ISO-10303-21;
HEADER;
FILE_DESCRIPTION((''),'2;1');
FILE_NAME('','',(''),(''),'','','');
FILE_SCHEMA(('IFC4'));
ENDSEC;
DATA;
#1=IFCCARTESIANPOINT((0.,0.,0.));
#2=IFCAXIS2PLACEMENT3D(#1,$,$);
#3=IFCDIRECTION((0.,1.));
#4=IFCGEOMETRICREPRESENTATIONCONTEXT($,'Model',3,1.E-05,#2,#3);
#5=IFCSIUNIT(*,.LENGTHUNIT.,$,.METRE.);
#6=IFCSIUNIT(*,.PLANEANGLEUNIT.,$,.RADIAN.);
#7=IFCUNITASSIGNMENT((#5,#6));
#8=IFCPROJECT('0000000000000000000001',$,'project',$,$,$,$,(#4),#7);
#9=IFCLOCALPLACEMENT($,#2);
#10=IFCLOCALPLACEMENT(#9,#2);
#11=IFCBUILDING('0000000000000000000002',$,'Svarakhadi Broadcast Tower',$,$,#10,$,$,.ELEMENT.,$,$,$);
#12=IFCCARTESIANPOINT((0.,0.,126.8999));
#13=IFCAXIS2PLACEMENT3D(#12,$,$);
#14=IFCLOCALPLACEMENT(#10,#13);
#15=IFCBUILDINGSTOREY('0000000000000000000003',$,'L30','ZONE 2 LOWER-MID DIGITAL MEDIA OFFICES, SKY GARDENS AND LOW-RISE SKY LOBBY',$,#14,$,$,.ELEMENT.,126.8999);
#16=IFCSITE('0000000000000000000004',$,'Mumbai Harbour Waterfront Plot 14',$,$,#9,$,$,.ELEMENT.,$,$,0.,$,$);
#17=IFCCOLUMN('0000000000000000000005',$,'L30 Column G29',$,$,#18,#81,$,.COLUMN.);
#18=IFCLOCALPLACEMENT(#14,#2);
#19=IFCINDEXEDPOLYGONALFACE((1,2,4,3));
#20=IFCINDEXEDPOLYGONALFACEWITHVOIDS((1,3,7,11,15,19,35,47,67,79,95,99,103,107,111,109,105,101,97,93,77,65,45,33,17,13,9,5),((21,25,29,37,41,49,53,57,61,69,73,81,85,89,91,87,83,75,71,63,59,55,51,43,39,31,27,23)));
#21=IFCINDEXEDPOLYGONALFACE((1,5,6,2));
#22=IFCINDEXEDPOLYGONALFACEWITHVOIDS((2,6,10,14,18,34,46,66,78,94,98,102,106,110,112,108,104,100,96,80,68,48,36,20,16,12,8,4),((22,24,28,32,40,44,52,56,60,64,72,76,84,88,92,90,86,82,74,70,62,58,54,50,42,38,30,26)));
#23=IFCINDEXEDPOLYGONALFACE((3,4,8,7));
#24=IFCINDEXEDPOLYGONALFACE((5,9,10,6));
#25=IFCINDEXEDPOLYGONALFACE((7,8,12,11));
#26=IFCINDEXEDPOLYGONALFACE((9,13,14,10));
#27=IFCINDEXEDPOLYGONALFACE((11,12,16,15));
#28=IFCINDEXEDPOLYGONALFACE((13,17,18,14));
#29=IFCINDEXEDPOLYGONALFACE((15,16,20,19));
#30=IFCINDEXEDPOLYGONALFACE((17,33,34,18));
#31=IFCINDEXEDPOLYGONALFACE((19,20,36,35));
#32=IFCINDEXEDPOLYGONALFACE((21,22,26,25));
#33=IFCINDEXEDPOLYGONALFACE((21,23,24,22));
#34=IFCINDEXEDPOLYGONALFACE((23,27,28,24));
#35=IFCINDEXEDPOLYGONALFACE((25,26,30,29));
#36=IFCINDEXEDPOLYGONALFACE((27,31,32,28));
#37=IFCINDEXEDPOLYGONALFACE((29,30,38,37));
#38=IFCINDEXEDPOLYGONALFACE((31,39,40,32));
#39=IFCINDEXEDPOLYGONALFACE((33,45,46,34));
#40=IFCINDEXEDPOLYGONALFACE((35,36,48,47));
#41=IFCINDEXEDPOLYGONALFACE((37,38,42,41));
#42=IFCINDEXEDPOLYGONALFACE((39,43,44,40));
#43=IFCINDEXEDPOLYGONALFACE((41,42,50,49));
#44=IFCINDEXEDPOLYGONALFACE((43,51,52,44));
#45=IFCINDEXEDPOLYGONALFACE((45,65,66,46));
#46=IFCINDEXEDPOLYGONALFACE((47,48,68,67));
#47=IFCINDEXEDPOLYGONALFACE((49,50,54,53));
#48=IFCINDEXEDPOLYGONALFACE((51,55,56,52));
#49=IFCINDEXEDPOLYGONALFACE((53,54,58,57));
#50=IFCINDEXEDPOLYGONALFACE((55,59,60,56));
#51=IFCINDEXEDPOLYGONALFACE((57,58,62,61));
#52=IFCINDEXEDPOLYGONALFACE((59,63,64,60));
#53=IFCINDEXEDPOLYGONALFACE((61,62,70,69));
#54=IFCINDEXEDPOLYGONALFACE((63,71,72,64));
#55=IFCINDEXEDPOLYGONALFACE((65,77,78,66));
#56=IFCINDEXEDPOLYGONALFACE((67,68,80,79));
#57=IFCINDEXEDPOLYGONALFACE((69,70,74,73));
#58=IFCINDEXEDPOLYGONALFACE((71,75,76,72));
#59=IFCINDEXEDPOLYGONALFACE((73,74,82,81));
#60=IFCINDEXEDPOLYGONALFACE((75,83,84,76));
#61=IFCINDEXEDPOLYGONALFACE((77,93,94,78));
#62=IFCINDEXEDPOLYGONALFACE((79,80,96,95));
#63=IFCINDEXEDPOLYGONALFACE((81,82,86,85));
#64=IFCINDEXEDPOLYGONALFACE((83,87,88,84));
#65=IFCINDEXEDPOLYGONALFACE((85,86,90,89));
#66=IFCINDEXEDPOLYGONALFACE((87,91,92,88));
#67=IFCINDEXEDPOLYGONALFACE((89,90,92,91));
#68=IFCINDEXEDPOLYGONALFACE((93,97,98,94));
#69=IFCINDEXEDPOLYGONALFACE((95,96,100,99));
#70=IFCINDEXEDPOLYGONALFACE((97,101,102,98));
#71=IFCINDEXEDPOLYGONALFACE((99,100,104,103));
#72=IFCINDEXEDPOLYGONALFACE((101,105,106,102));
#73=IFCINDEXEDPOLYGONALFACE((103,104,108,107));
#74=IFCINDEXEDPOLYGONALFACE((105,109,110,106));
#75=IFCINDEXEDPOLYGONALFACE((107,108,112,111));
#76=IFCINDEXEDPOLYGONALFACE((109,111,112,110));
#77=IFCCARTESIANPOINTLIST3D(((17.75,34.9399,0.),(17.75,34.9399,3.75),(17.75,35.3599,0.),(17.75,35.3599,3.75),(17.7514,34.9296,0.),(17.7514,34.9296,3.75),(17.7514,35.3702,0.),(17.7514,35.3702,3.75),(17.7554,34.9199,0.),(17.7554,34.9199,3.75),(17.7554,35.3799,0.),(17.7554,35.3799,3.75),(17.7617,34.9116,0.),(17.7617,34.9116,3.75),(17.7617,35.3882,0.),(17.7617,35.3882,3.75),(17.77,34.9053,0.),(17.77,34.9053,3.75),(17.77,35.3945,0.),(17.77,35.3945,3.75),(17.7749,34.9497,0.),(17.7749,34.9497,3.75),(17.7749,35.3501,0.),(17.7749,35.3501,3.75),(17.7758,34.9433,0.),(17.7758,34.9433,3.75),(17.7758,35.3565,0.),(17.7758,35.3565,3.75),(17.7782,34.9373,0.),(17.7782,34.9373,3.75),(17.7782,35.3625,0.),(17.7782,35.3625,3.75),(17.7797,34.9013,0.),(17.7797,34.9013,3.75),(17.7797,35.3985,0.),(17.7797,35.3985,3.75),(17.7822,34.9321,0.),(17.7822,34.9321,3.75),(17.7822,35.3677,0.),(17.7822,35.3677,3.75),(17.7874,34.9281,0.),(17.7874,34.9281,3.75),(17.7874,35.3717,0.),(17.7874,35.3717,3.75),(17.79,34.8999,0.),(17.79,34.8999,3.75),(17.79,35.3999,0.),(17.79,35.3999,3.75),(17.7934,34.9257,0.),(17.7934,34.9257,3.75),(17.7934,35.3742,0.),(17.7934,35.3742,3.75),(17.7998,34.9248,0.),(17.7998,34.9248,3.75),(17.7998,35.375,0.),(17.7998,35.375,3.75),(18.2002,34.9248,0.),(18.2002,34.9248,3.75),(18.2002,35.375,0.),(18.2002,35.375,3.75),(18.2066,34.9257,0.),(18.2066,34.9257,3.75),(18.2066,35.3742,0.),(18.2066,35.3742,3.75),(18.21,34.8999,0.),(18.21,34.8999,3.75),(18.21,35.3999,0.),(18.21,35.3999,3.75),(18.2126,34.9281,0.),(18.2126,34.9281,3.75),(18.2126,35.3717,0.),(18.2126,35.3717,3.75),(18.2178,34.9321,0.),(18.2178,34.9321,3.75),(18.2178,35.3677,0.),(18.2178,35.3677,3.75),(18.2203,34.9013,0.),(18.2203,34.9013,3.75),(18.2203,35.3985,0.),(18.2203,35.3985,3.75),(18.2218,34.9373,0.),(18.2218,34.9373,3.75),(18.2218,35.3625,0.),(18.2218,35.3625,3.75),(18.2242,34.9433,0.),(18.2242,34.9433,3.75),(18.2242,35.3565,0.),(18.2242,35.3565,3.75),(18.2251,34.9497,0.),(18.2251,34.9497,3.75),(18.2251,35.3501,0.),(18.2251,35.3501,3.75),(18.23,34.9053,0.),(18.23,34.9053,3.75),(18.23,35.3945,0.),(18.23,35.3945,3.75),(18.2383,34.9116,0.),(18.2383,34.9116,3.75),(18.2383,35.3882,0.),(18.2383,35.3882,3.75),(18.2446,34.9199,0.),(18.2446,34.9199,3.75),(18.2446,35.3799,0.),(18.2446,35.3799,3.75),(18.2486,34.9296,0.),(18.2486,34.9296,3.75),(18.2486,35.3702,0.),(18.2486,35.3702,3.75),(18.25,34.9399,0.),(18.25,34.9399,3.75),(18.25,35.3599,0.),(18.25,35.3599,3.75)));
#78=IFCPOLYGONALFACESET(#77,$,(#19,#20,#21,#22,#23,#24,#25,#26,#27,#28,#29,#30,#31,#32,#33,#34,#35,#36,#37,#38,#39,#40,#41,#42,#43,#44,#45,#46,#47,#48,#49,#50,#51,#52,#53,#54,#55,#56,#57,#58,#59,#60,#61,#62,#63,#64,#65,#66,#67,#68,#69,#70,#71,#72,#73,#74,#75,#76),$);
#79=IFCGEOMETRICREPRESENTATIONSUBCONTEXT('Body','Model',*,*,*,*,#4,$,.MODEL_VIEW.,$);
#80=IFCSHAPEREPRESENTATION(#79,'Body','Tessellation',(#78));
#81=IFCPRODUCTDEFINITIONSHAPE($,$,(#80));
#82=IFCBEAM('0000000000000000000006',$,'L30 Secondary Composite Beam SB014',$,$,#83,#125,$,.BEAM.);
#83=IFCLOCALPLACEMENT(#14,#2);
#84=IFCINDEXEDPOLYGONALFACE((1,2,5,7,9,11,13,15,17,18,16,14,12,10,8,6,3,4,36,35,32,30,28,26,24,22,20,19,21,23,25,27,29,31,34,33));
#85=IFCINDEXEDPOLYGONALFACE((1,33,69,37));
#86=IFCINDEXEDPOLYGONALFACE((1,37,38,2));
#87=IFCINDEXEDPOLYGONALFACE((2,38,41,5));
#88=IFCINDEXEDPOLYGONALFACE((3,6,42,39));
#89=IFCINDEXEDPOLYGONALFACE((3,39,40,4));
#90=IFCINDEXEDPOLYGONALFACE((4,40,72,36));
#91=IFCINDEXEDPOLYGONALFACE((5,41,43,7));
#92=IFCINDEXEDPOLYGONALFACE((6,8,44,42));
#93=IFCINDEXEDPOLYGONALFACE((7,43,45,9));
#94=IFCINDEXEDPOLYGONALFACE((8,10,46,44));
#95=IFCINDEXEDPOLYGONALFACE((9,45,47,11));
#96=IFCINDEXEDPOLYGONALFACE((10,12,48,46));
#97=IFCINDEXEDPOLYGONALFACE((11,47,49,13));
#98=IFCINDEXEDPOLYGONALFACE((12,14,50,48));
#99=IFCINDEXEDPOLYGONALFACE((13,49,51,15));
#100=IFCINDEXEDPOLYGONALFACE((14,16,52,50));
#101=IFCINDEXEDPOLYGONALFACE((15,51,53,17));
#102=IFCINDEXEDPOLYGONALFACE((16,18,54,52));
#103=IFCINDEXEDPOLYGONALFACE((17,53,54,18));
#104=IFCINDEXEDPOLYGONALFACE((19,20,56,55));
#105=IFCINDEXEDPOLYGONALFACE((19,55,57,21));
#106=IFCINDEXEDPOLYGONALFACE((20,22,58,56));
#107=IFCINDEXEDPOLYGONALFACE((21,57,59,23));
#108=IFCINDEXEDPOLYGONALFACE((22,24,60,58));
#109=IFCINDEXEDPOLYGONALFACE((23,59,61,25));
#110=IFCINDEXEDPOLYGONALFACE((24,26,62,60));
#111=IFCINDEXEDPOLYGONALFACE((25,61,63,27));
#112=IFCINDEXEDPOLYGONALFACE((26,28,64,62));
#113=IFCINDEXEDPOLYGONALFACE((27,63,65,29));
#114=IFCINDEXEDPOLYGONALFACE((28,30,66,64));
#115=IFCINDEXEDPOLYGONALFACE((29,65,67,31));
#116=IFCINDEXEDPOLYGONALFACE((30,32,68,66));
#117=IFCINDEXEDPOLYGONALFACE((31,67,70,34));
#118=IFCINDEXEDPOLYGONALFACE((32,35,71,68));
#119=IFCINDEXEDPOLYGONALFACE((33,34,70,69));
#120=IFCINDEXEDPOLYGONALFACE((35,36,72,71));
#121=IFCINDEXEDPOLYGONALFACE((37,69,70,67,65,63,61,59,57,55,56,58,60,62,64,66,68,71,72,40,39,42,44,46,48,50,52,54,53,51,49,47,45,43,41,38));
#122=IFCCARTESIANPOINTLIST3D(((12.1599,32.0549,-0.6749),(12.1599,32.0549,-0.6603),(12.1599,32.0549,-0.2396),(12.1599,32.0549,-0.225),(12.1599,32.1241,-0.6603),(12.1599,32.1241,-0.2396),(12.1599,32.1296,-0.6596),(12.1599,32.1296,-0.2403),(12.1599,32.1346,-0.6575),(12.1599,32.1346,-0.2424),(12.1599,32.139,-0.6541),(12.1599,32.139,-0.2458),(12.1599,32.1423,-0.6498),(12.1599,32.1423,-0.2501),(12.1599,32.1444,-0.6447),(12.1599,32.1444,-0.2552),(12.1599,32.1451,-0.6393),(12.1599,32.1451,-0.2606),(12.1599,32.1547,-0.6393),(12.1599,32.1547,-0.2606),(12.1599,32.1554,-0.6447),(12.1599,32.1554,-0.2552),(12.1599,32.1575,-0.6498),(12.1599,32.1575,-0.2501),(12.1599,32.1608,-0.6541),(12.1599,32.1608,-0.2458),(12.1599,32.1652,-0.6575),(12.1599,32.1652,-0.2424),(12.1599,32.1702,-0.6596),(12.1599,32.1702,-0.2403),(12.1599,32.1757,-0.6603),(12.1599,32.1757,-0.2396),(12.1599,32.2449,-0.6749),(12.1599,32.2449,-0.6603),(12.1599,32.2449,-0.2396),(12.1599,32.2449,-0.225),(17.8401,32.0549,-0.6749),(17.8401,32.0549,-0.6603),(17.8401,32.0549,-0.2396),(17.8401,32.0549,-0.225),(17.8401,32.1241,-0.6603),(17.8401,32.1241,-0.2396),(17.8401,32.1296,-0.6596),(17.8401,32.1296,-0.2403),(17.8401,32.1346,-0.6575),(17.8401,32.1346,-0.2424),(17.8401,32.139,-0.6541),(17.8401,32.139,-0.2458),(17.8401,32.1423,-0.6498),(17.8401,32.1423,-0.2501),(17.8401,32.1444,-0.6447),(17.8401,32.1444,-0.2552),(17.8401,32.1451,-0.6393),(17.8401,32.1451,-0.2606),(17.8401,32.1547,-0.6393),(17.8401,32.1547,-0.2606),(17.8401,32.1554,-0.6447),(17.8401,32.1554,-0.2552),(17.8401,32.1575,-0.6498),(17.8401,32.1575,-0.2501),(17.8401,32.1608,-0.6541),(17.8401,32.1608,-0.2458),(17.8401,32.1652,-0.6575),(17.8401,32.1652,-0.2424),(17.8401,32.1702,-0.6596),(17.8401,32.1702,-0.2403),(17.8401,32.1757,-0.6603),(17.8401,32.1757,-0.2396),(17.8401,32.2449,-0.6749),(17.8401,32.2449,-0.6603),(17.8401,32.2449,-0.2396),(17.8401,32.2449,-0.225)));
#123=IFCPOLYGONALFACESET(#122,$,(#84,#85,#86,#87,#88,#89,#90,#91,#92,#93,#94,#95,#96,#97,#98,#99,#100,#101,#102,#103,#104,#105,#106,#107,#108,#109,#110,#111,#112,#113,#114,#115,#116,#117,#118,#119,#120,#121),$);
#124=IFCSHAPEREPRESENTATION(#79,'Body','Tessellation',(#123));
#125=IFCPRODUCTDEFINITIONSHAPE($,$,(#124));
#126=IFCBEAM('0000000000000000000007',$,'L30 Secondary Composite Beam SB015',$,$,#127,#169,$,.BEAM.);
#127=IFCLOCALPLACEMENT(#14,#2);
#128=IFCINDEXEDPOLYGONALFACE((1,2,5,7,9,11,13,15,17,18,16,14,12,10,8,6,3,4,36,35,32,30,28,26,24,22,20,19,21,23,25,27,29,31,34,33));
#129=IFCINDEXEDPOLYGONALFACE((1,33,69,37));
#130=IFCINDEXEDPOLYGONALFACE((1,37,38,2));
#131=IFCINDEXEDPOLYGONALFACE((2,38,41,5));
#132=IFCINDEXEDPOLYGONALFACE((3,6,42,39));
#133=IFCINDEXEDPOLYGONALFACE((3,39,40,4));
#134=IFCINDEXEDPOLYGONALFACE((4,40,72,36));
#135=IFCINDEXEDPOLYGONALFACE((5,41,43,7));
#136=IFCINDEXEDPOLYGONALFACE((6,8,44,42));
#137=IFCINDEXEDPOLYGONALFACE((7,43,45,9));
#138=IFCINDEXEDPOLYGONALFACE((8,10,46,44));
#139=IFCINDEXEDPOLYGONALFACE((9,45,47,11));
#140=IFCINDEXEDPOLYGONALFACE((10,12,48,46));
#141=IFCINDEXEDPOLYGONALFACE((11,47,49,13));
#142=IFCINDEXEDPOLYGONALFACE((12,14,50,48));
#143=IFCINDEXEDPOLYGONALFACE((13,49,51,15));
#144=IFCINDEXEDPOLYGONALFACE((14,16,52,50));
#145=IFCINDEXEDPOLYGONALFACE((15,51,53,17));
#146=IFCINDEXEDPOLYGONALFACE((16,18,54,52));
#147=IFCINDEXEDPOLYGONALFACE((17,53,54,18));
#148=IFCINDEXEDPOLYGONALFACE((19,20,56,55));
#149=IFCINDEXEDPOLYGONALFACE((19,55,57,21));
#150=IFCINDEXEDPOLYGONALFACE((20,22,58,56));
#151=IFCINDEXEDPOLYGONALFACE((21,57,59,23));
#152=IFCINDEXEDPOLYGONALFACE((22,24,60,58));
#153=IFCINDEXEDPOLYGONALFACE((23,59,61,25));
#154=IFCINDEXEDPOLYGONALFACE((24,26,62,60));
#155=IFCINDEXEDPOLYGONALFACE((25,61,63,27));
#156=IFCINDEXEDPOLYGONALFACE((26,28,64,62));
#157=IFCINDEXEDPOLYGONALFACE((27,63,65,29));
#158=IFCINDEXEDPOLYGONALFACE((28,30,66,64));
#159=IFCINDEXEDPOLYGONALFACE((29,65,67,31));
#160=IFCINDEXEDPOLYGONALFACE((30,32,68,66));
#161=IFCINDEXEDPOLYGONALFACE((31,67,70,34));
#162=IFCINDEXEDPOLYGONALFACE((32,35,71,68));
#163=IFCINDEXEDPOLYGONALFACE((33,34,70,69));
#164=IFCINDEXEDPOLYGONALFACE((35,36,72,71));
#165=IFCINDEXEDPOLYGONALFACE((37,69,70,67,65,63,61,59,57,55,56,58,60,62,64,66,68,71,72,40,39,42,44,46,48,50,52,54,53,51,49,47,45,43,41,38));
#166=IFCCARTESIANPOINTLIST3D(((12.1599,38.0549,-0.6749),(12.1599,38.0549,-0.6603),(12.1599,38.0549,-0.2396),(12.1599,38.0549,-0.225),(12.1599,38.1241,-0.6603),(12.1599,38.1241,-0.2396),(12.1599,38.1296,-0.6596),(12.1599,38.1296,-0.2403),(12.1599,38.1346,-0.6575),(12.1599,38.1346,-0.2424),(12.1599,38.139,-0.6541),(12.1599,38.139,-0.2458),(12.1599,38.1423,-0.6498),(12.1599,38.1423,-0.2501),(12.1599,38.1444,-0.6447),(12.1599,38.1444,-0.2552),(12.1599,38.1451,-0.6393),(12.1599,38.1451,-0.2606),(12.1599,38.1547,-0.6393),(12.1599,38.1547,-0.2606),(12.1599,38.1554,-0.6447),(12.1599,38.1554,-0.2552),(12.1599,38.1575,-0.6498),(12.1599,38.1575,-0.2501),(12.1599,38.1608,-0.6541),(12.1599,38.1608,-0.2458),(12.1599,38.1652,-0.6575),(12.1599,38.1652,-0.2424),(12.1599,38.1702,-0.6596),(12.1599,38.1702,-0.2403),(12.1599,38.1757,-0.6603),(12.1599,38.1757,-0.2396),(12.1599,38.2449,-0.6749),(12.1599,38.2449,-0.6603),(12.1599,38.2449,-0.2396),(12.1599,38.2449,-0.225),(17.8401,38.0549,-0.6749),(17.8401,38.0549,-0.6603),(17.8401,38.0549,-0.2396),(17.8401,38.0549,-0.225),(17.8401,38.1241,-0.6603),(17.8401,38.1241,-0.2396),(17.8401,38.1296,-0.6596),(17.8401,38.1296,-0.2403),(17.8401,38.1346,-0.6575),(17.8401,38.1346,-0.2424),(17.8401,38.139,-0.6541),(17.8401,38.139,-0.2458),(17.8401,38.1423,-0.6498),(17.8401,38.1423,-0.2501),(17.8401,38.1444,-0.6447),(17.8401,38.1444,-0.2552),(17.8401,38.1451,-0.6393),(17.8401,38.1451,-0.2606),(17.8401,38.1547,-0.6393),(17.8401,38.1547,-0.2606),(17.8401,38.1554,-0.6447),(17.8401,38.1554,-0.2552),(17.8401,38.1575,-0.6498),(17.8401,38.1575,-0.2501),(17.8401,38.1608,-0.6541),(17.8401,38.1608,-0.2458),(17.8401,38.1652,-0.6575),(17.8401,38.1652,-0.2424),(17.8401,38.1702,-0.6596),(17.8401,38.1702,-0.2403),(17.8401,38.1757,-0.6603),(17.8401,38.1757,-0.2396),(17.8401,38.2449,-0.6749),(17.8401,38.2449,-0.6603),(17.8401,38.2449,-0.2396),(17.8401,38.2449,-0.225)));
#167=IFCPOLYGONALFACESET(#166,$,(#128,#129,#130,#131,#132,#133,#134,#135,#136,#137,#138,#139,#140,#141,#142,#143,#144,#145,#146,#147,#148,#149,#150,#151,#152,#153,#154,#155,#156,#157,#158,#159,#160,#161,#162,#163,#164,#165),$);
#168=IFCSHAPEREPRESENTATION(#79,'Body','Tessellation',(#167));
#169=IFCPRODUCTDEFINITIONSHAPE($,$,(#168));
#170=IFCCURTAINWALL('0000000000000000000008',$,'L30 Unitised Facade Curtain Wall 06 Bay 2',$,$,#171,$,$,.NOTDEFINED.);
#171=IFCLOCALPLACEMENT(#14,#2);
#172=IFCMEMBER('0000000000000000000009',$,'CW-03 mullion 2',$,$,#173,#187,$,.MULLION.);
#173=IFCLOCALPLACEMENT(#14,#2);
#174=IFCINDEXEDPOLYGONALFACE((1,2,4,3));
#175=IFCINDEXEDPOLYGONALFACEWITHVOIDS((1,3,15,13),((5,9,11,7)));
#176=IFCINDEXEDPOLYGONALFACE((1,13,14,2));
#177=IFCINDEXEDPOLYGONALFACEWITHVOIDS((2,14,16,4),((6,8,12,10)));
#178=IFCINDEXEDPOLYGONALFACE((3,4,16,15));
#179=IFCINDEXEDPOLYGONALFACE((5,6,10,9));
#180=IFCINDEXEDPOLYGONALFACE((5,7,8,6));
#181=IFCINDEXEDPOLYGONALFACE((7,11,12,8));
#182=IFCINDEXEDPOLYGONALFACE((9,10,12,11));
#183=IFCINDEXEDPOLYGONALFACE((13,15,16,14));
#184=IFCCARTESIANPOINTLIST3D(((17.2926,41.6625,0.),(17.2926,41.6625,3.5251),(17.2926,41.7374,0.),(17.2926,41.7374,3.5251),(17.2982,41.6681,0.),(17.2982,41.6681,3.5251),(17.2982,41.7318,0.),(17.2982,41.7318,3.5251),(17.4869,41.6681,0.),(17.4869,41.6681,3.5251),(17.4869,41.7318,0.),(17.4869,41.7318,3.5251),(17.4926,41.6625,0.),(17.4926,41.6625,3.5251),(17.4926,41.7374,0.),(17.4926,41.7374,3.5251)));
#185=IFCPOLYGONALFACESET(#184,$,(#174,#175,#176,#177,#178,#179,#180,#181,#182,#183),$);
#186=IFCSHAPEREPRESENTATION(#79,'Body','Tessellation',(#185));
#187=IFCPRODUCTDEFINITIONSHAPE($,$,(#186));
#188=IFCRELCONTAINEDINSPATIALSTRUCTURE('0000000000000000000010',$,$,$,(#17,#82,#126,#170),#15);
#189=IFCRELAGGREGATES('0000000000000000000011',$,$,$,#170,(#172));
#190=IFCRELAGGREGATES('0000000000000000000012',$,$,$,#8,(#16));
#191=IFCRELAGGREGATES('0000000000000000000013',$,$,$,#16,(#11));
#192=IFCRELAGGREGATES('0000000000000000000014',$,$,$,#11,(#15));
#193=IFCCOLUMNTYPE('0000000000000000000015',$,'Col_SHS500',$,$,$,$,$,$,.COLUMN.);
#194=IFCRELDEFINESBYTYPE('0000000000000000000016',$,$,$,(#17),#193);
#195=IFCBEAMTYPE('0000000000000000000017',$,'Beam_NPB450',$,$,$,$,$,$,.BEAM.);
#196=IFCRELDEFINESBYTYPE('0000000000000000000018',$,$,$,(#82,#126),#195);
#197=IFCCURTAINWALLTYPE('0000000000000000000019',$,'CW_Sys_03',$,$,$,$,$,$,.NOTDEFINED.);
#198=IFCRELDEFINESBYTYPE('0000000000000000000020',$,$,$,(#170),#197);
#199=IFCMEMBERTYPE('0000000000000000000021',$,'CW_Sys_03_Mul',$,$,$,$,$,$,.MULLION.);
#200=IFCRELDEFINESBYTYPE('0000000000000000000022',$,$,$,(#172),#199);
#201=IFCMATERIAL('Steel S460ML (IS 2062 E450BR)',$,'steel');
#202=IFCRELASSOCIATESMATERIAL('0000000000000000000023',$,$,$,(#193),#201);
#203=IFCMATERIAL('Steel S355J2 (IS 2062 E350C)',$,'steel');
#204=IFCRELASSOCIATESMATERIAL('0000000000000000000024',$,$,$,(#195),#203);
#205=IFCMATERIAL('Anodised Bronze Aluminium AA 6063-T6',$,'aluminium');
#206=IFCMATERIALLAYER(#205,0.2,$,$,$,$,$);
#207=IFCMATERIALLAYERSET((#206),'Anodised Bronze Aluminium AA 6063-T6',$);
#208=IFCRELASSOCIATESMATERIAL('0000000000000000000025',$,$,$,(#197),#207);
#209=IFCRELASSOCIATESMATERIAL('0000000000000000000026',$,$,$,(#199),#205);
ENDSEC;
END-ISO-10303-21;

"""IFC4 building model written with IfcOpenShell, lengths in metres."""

from ifc_helpers import new_model, si_unit, direction, frame, origin, origin_2d, place, context, subcontext, project, spatial, hollow_rectangle, i_section, extrude, material, layer, layer_set, material_profile, profile_set, type_object, element, aggregate, save


model = new_model("IFC4")

# Units and contexts
model_context = context("Model", 3, precision=1e-05, world=origin(), true_north=direction((0.0, 1.0)))
body_context = subcontext(model_context, "Body", "Model", "MODEL_VIEW")
ifc_project = project(units=[si_unit("LENGTHUNIT", "METRE"), si_unit("PLANEANGLEUNIT", "RADIAN")], contexts=[model_context])

# Site, building, storey
site_placement = place(None, origin())
site = spatial("IfcSite", under=ifc_project, at=site_placement, Name="Mumbai Harbour Waterfront Plot 14", CompositionType="ELEMENT", RefElevation=0.0)
building_placement = place(site_placement, origin())
building = spatial("IfcBuilding", under=site, at=building_placement, Name="Svarakhadi Broadcast Tower", CompositionType="ELEMENT")
storey_placement = place(building_placement, frame((0.0, 0.0, 126.8999)))
storey = spatial("IfcBuildingStorey", under=building, at=storey_placement, Name="L30", Description="ZONE 2 LOWER-MID DIGITAL MEDIA OFFICES, SKY GARDENS AND LOW-RISE SKY LOBBY", CompositionType="ELEMENT", Elevation=126.8999)

# Column
ifc_material_1 = material(Name="Steel S460ML (IS 2062 E450BR)", Category="steel")
ifc_material_profile_1 = material_profile(ifc_material_1, hollow_rectangle(XDim=0.5, YDim=0.5, WallThickness=0.0249, InnerFilletRadius=0.0249, OuterFilletRadius=0.04, at=origin_2d()), Name="SHS 500x500x25")
ifc_profile_set_1 = profile_set([ifc_material_profile_1], Name="Steel S460ML (IS 2062 E450BR)")
column_type_1 = type_object("IfcColumnType", Name="Col_SHS500", PredefinedType="COLUMN", material=ifc_profile_set_1)
for number, where, z_axis, x_axis, name in (
    (1, (18.0, 35.1499, 0.0), (0.0, 0.0, 1.0), (1.0, 0.0, 0.0), "L30 Column G29"),
):
    element("IfcColumn", number, at=place(storey_placement, frame(where, z_axis=z_axis, x_axis=x_axis)), inside=storey, type_object=column_type_1, Name=name, PredefinedType="COLUMN", context=body_context, shape_type="SweptSolid", body=[
        extrude(hollow_rectangle(XDim=0.5, YDim=0.5, WallThickness=0.0249, InnerFilletRadius=0.0249, OuterFilletRadius=0.04, at=origin_2d()), origin(), (0.0, 0.0, 1.0), 3.75),
    ])

# Beams
ifc_material_2 = material(Name="Steel S355J2 (IS 2062 E350C)", Category="steel")
ifc_material_profile_2 = material_profile(ifc_material_2, i_section(OverallWidth=0.1899, OverallDepth=0.45, WebThickness=0.0095, FlangeThickness=0.0146, FilletRadius=0.021, at=origin_2d()), Name="NPB 450x190x78")
ifc_profile_set_2 = profile_set([ifc_material_profile_2], Name="Steel S355J2 (IS 2062 E350C)")
beam_type_1 = type_object("IfcBeamType", Name="Beam_NPB450", PredefinedType="BEAM", material=ifc_profile_set_2)
for number, where, z_axis, x_axis, name in (
    (2, (12.1599, 32.1499, -0.45), (1.0, 0.0, 0.0), (0.0, 1.0, 0.0), "L30 Secondary Composite Beam SB014"),
    (3, (12.1599, 38.1499, -0.45), (1.0, 0.0, 0.0), (0.0, 1.0, 0.0), "L30 Secondary Composite Beam SB015"),
):
    element("IfcBeam", number, at=place(storey_placement, frame(where, z_axis=z_axis, x_axis=x_axis)), inside=storey, type_object=beam_type_1, Name=name, PredefinedType="BEAM", context=body_context, shape_type="SweptSolid", body=[
        extrude(i_section(OverallWidth=0.1899, OverallDepth=0.45, WebThickness=0.0095, FlangeThickness=0.0146, FilletRadius=0.021, at=origin_2d()), origin(), (0.0, 0.0, 1.0), 5.6802),
    ])

# Curtain wall, member
ifc_material_3 = material(Name="Anodised Bronze Aluminium AA 6063-T6", Category="aluminium")
ifc_layer_1 = layer(ifc_material_3, 0.2)
ifc_layer_set_1 = layer_set([ifc_layer_1], Name="Anodised Bronze Aluminium AA 6063-T6")
curtain_wall_type = type_object("IfcCurtainWallType", Name="CW_Sys_03", PredefinedType="NOTDEFINED", material=ifc_layer_set_1)
curtain_wall_placement = place(storey_placement, origin())
curtain_wall = element("IfcCurtainWall", 4, at=curtain_wall_placement, inside=storey, type_object=curtain_wall_type, Name="L30 Unitised Facade Curtain Wall 06 Bay 2", PredefinedType="NOTDEFINED")
ifc_material_profile_3 = material_profile(ifc_material_3, hollow_rectangle(XDim=0.075, YDim=0.2, WallThickness=0.0056, at=origin_2d()), Name="ALU MULLION 200x75x6")
ifc_profile_set_3 = profile_set([ifc_material_profile_3], Name="Anodised Bronze Aluminium AA 6063-T6")
member_type = type_object("IfcMemberType", Name="CW_Sys_03_Mul", PredefinedType="MULLION", material=ifc_profile_set_3)
member_placement = place(storey_placement, frame((17.3926, 41.7, 0.0), z_axis=(0.0, 0.0, 1.0), x_axis=(0.0, 1.0, 0.0)))
member = element("IfcMember", 5, at=member_placement, type_object=member_type, Name="CW-03 mullion 2", PredefinedType="MULLION", context=body_context, shape_type="SweptSolid", body=[
    extrude(hollow_rectangle(XDim=0.075, YDim=0.2, WallThickness=0.0056, at=origin_2d()), origin(), (0.0, 0.0, 1.0), 3.5251),
])

aggregate(curtain_wall, [member])

save(model, "model.ifc")
